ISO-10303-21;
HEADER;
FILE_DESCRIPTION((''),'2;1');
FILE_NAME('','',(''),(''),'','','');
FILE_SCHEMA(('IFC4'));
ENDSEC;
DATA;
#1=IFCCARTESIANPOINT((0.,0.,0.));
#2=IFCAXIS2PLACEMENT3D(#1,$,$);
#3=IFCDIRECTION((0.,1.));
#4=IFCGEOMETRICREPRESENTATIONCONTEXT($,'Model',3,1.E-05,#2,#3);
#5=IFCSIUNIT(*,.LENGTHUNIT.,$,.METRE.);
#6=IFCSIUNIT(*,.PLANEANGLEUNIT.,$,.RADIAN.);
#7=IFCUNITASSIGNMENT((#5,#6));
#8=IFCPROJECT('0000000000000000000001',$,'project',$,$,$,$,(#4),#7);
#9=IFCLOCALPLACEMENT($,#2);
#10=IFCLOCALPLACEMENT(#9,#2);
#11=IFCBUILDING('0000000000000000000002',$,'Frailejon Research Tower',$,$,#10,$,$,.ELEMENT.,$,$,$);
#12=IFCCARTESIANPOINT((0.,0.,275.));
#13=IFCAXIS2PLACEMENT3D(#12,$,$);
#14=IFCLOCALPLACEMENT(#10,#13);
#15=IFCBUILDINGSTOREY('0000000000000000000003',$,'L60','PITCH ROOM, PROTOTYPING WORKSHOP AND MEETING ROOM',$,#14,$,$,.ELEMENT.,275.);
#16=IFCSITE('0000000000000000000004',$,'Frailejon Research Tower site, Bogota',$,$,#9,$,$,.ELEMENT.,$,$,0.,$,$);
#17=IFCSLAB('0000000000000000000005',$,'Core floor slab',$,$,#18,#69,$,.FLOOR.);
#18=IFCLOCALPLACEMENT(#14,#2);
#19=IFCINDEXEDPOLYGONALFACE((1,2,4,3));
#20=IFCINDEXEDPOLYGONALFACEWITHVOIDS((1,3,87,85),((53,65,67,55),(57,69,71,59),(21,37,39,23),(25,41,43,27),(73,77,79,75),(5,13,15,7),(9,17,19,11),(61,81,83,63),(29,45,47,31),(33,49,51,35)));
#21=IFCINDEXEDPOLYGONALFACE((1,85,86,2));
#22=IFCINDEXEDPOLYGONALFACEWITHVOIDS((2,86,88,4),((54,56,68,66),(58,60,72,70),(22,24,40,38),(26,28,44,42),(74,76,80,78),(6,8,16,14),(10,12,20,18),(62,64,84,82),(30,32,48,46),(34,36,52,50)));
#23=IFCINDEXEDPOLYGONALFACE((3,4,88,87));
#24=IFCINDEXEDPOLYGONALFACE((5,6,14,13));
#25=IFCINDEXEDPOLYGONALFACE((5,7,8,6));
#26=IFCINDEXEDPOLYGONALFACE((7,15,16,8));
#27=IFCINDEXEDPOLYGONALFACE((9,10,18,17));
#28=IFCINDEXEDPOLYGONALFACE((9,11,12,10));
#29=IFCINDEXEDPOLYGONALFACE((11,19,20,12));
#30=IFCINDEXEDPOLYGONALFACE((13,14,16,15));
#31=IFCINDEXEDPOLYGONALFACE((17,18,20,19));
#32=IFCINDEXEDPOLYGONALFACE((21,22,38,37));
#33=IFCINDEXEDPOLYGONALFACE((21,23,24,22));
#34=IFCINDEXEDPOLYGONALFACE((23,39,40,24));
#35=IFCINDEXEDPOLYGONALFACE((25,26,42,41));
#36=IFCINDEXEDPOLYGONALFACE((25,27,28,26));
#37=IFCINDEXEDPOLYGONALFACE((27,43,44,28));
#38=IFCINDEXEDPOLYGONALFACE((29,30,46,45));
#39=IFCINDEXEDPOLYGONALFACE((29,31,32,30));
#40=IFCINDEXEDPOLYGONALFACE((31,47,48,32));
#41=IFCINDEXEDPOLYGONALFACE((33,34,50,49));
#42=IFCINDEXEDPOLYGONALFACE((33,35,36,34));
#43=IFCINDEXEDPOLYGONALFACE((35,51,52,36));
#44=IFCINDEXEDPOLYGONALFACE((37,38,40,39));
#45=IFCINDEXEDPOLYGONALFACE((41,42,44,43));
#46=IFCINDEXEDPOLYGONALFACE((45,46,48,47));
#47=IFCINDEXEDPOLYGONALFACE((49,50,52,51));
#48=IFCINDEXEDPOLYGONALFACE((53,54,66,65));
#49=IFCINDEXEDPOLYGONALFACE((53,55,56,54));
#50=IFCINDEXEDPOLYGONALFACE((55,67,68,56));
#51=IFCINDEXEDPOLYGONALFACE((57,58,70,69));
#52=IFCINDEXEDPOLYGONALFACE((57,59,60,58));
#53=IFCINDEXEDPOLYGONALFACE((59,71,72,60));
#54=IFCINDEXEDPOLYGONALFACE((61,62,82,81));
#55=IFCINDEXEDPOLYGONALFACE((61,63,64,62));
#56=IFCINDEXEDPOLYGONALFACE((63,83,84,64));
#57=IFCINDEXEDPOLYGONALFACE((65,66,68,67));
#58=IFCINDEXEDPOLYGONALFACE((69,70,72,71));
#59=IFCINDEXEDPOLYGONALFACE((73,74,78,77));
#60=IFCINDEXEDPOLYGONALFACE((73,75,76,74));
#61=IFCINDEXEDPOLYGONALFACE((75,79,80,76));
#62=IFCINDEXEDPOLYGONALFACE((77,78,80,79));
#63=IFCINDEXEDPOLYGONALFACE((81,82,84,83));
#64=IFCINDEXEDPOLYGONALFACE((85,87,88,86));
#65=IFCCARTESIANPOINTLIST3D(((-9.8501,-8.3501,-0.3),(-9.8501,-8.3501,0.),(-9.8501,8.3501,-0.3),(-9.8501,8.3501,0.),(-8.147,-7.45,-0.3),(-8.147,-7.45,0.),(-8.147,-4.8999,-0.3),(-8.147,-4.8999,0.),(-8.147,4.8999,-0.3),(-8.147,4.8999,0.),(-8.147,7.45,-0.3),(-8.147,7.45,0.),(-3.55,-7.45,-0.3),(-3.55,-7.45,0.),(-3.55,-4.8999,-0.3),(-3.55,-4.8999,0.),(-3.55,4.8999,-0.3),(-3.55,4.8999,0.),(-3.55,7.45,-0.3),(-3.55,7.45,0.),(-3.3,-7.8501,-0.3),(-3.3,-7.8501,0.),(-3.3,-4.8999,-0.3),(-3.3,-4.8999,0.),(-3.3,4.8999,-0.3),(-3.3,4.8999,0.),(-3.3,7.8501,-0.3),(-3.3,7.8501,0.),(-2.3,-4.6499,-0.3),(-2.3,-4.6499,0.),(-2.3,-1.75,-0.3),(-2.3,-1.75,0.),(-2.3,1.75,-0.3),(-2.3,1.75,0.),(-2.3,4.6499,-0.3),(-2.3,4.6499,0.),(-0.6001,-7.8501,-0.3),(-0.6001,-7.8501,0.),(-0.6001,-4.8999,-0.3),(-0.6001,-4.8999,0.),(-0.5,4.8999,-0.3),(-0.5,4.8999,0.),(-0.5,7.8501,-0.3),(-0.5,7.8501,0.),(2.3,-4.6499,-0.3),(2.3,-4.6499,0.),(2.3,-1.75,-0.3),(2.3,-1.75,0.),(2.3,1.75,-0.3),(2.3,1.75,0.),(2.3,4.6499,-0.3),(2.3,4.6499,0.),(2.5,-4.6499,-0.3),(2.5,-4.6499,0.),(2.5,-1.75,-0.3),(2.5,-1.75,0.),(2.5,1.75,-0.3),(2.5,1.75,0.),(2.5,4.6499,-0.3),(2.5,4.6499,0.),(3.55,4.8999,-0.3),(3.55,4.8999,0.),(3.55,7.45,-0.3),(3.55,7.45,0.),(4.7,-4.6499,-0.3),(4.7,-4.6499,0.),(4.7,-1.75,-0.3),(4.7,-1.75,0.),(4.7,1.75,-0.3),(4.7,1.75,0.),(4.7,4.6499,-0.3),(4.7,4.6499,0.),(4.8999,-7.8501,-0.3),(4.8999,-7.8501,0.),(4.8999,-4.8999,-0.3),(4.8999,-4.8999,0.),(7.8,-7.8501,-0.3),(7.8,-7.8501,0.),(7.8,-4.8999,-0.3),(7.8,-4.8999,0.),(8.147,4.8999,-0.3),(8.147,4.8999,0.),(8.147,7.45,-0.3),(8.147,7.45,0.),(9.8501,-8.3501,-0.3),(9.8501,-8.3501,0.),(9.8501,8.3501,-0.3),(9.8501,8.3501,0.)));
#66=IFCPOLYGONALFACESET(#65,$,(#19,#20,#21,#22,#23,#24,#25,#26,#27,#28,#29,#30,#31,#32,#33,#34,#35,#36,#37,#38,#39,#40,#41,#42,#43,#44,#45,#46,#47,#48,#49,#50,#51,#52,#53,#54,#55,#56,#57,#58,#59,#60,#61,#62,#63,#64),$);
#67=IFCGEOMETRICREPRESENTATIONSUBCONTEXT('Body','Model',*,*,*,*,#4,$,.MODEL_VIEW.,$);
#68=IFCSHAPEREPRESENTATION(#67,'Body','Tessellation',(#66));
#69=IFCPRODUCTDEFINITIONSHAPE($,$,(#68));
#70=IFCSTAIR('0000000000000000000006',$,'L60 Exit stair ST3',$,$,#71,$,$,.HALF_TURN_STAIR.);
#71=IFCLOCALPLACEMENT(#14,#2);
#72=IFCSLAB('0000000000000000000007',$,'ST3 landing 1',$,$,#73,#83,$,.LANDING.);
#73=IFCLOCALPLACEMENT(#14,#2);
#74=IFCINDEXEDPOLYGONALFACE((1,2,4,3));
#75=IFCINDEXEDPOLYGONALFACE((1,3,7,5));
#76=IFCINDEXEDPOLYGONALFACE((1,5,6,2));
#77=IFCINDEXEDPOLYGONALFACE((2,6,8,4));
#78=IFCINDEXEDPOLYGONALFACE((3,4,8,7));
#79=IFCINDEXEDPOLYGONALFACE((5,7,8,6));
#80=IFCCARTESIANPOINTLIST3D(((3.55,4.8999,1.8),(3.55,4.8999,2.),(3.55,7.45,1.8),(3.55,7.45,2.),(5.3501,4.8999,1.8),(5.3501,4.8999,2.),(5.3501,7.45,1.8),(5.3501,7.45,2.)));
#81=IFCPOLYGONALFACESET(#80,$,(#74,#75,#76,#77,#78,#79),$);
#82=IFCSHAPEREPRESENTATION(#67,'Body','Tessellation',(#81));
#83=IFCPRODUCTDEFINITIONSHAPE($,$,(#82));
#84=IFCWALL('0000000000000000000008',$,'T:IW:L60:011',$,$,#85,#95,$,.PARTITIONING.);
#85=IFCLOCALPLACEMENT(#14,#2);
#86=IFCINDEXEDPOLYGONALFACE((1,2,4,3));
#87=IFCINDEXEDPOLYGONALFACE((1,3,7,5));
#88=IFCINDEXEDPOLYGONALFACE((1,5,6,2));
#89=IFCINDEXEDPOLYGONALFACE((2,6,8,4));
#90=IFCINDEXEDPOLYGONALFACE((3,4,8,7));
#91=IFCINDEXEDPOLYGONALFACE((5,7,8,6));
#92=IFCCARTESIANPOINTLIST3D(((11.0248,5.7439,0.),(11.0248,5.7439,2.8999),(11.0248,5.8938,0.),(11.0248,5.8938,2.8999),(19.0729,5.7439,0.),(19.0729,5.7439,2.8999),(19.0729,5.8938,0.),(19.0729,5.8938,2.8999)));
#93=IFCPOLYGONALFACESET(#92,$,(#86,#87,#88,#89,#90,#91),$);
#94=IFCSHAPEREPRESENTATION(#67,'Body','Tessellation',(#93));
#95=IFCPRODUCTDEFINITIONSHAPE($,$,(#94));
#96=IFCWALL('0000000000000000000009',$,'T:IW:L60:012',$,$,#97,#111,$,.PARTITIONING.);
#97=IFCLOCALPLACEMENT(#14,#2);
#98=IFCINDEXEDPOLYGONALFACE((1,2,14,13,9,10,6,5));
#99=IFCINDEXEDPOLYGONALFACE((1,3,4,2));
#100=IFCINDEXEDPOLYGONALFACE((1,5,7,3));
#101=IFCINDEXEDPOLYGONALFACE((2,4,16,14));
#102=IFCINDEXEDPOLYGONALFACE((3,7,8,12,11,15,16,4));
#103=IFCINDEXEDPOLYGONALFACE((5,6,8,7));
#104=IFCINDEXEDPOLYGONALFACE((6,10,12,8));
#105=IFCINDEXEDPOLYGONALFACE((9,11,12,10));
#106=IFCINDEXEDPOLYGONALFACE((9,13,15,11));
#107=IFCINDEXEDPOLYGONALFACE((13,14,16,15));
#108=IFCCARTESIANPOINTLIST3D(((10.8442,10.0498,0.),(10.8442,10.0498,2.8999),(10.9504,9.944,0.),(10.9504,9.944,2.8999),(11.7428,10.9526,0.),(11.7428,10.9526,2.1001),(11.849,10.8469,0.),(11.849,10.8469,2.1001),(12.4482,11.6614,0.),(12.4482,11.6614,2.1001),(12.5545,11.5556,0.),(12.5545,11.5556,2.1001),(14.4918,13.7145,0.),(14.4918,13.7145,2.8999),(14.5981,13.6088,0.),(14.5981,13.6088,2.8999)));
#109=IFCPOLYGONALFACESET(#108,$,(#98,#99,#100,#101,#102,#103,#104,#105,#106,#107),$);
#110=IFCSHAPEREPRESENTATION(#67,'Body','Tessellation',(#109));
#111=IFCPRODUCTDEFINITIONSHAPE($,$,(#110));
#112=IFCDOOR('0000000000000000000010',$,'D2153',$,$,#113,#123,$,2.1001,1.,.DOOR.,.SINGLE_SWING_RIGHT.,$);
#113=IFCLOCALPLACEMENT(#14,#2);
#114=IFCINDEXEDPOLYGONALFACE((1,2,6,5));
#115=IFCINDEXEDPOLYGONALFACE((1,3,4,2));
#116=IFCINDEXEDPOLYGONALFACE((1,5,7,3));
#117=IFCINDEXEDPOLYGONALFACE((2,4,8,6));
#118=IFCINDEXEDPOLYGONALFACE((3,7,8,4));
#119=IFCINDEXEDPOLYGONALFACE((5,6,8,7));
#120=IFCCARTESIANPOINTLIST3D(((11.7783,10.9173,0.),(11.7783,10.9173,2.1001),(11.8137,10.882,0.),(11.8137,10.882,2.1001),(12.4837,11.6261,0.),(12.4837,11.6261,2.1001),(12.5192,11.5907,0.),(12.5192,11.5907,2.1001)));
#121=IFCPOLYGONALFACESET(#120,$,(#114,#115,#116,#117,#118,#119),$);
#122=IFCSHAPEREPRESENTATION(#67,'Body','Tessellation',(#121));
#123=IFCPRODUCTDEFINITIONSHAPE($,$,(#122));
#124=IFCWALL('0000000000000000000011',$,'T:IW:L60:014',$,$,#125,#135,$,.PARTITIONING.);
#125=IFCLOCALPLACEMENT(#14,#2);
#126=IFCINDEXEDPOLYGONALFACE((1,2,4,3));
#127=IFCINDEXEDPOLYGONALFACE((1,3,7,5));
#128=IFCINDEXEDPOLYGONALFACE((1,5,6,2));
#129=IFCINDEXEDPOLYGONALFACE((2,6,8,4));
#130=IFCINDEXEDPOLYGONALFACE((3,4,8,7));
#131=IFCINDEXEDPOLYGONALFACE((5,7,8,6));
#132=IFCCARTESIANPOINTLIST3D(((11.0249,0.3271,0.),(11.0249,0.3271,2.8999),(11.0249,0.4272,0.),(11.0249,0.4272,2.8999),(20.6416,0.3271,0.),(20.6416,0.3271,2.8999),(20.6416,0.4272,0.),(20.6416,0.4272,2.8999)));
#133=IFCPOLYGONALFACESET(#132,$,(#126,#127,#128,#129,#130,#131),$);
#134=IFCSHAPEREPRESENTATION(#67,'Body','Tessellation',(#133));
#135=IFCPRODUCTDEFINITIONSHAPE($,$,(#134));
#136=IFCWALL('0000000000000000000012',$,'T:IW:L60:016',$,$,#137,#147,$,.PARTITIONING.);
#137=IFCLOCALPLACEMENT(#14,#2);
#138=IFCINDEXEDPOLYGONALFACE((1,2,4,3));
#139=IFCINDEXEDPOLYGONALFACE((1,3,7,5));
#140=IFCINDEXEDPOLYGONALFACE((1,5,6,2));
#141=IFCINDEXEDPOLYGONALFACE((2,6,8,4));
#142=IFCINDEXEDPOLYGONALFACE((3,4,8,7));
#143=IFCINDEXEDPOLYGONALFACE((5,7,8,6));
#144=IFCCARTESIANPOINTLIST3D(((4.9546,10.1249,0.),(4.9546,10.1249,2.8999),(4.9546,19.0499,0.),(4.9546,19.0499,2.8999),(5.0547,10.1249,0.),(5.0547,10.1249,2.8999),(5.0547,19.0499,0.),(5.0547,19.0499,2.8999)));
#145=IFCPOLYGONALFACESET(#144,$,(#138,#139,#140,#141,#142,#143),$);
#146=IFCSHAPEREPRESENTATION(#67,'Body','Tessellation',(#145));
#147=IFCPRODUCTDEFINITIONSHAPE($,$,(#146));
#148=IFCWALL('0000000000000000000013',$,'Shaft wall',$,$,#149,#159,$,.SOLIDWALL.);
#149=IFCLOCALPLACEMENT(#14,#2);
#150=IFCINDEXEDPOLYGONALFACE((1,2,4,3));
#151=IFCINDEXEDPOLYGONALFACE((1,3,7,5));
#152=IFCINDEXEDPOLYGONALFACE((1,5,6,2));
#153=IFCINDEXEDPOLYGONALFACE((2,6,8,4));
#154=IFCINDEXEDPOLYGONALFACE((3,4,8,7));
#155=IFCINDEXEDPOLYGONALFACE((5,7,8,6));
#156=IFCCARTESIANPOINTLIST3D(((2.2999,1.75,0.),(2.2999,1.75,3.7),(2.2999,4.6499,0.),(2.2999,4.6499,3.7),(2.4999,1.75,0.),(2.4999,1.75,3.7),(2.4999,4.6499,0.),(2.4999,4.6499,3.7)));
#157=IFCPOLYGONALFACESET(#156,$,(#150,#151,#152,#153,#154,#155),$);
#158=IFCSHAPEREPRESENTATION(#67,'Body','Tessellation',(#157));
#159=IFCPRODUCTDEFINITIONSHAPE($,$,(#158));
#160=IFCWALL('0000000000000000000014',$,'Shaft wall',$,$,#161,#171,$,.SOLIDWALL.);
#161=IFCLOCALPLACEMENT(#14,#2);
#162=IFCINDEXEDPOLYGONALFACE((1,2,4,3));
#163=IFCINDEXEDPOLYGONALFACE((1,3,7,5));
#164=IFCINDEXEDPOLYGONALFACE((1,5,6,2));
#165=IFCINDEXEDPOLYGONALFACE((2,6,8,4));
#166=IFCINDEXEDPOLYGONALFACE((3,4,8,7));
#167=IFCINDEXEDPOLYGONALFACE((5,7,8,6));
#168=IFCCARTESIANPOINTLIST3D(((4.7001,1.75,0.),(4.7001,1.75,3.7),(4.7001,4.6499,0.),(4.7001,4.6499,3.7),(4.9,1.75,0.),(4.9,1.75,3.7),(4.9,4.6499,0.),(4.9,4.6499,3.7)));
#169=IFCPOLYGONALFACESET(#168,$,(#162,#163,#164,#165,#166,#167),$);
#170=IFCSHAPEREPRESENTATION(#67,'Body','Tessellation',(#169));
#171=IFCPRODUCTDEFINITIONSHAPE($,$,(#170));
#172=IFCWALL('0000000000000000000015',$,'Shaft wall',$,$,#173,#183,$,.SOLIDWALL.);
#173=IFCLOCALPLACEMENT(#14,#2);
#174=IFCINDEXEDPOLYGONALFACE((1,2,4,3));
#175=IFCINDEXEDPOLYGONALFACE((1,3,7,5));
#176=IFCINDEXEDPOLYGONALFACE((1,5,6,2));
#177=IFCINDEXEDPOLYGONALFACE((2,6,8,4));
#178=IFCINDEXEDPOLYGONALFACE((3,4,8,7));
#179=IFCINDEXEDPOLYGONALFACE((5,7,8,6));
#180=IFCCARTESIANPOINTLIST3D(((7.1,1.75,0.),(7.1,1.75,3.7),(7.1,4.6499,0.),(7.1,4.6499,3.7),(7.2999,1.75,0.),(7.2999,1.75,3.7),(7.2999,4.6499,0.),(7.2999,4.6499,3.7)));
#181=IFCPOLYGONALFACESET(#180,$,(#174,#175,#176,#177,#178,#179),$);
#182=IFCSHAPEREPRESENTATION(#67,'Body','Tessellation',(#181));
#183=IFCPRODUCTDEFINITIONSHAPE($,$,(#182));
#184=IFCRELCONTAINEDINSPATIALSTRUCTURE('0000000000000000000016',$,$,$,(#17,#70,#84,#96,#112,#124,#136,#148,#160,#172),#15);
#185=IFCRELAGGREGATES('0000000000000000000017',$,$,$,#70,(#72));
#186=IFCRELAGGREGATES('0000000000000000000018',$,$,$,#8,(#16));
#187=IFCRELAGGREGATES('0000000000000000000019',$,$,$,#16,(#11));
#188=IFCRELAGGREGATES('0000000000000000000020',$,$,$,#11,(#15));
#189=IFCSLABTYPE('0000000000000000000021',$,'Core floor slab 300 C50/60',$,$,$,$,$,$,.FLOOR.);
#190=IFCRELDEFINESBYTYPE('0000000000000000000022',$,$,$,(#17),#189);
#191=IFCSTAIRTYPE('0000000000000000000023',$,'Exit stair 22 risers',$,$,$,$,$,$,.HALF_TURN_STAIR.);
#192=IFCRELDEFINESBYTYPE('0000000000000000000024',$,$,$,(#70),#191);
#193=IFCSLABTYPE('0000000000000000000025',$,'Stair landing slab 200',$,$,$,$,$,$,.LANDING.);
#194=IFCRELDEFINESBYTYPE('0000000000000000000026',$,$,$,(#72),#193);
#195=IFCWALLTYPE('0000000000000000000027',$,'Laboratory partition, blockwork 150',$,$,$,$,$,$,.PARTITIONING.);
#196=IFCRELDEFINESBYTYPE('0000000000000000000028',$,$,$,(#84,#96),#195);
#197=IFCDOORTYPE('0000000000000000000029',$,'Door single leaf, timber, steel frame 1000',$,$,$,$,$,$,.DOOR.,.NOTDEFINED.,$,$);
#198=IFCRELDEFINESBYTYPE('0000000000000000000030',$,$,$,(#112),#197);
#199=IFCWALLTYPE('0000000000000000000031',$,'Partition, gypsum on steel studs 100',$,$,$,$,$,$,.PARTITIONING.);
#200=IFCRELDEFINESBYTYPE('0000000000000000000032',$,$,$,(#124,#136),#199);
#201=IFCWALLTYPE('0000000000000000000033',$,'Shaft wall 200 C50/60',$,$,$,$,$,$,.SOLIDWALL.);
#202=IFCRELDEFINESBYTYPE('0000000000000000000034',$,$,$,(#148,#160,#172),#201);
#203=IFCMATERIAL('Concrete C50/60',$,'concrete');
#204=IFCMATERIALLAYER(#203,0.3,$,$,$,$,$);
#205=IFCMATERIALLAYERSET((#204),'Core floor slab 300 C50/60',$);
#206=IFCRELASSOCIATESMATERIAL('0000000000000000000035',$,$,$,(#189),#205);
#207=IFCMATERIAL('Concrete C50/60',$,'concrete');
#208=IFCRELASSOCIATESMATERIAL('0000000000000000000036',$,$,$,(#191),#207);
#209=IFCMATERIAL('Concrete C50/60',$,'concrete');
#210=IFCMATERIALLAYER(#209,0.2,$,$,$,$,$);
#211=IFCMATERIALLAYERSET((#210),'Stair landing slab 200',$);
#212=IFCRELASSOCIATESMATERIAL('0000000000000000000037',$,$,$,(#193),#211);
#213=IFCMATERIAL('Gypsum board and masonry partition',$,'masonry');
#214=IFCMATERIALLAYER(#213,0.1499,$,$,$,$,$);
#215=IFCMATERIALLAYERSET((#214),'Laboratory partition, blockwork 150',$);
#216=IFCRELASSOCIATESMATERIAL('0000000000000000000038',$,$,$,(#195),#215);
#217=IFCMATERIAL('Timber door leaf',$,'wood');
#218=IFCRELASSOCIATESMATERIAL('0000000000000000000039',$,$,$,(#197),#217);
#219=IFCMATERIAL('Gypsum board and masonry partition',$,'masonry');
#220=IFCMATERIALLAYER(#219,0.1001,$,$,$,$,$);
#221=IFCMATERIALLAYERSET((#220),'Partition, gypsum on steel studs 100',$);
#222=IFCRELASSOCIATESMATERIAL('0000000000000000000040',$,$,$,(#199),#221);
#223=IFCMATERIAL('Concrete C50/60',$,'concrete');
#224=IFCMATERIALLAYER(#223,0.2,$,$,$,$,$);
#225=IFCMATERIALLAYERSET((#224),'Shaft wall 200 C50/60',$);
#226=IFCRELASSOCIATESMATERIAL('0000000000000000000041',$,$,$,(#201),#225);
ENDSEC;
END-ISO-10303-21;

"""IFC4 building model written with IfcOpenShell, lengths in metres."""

from ifc_helpers import new_model, si_unit, direction, frame, frame_2d, origin, place, context, subcontext, project, spatial, polyline, rectangle, outline, extrude, material, layer, layer_set, type_object, element, fill, aggregate, save


model = new_model("IFC4")

# Units and contexts
model_context = context("Model", 3, precision=1e-05, world=origin(), true_north=direction((0.0, 1.0)))
body_context = subcontext(model_context, "Body", "Model", "MODEL_VIEW")
ifc_project = project(units=[si_unit("LENGTHUNIT", "METRE"), si_unit("PLANEANGLEUNIT", "RADIAN")], contexts=[model_context])

# Site, building, storey
site_placement = place(None, origin())
site = spatial("IfcSite", under=ifc_project, at=site_placement, Name="Frailejon Research Tower site, Bogota", CompositionType="ELEMENT", RefElevation=0.0)
building_placement = place(site_placement, origin())
building = spatial("IfcBuilding", under=site, at=building_placement, Name="Frailejon Research Tower", CompositionType="ELEMENT")
storey_placement = place(building_placement, frame((0.0, 0.0, 275.0)))
storey = spatial("IfcBuildingStorey", under=building, at=storey_placement, Name="L60", Description="PITCH ROOM, PROTOTYPING WORKSHOP AND MEETING ROOM", CompositionType="ELEMENT", Elevation=275.0)

# Slab
ifc_material_1 = material(Name="Concrete C50/60", Category="concrete")
ifc_layer_1 = layer(ifc_material_1, 0.3)
ifc_layer_set_1 = layer_set([ifc_layer_1], Name="Core floor slab 300 C50/60")
slab_type_1 = type_object("IfcSlabType", Name="Core floor slab 300 C50/60", PredefinedType="FLOOR", material=ifc_layer_set_1)
slab_1_placement = place(storey_placement, frame((0.0, 0.0, -0.3)))
element("IfcSlab", 1, at=slab_1_placement, inside=storey, type_object=slab_type_1, Name="Core floor slab", PredefinedType="FLOOR", context=body_context, shape_type="SweptSolid", body=[
    extrude(outline(polyline([(9.8501, -8.3501), (9.8501, 8.3501), (-9.8501, 8.3501), (-9.8501, -8.3501), (9.8501, -8.3501)]), holes=[polyline([(2.3, 1.75), (2.3, 4.6499), (-2.3, 4.6499), (-2.3, 1.75), (2.3, 1.75)]), polyline([(4.7, 1.75), (4.7, 4.6499), (2.5, 4.6499), (2.5, 1.75), (4.7, 1.75)]), polyline([(2.3, -4.6499), (2.3, -1.75), (-2.3, -1.75), (-2.3, -4.6499), (2.3, -4.6499)]), polyline([(4.7, -4.6499), (4.7, -1.75), (2.5, -1.75), (2.5, -4.6499), (4.7, -4.6499)]), polyline([(-8.147, 4.8999), (-3.55, 4.8999), (-3.55, 7.45), (-8.147, 7.45), (-8.147, 4.8999)]), polyline([(-8.147, -7.45), (-3.55, -7.45), (-3.55, -4.8999), (-8.147, -4.8999), (-8.147, -7.45)]), polyline([(8.147, 7.45), (3.55, 7.45), (3.55, 4.8999), (8.147, 4.8999), (8.147, 7.45)]), polyline([(-0.6001, -7.8501), (-0.6001, -4.8999), (-3.3, -4.8999), (-3.3, -7.8501), (-0.6001, -7.8501)]), polyline([(7.8, -7.8501), (7.8, -4.8999), (4.8999, -4.8999), (4.8999, -7.8501), (7.8, -7.8501)]), polyline([(-0.5, 4.8999), (-0.5, 7.8501), (-3.3, 7.8501), (-3.3, 4.8999), (-0.5, 4.8999)])]), origin(), (0.0, 0.0, 1.0), 0.3),
])

# Stair, slab
ifc_material_2 = material(Name="Concrete C50/60", Category="concrete")
stair_type = type_object("IfcStairType", Name="Exit stair 22 risers", PredefinedType="HALF_TURN_STAIR", material=ifc_material_2)
stair_placement = place(storey_placement, origin())
stair = element("IfcStair", 2, at=stair_placement, inside=storey, type_object=stair_type, Name="L60 Exit stair ST3", PredefinedType="HALF_TURN_STAIR")
ifc_material_3 = material(Name="Concrete C50/60", Category="concrete")
ifc_layer_2 = layer(ifc_material_3, 0.2)
ifc_layer_set_2 = layer_set([ifc_layer_2], Name="Stair landing slab 200")
slab_type_2 = type_object("IfcSlabType", Name="Stair landing slab 200", PredefinedType="LANDING", material=ifc_layer_set_2)
slab_2_placement = place(storey_placement, frame((0.0, 0.0, 1.8)))
slab_2 = element("IfcSlab", 3, at=slab_2_placement, type_object=slab_type_2, Name="ST3 landing 1", PredefinedType="LANDING", context=body_context, shape_type="SweptSolid", body=[
    extrude(outline(polyline([(5.3501, 7.45), (3.55, 7.45), (3.55, 4.8999), (5.3501, 4.8999), (5.3501, 7.45)])), origin(), (0.0, 0.0, 1.0), 0.2),
])

# Wall
ifc_material_4 = material(Name="Gypsum board and masonry partition", Category="masonry")
ifc_layer_3 = layer(ifc_material_4, 0.1499)
ifc_layer_set_3 = layer_set([ifc_layer_3], Name="Laboratory partition, blockwork 150")
wall_type_1 = type_object("IfcWallType", Name="Laboratory partition, blockwork 150", PredefinedType="PARTITIONING", material=ifc_layer_set_3)
wall_1_placement = place(storey_placement, frame((11.0249, 5.8188, 0.0), z_axis=(0.0, 0.0, 1.0), x_axis=(1.0, 0.0, 0.0)))
element("IfcWall", 4, at=wall_1_placement, inside=storey, type_object=wall_type_1, Name="T:IW:L60:011", PredefinedType="PARTITIONING", context=body_context, shape_type="SweptSolid", body=[
    extrude(rectangle(XDim=8.0481, YDim=0.1499, at=frame_2d((4.0239, 0.0))), origin(), (0.0, 0.0, 1.0), 2.8999),
])

# Wall, opening, door
wall_2_placement = place(storey_placement, frame((10.8972, 9.9968, 0.0), z_axis=(0.0, 0.0, 1.0), x_axis=(0.705452, 0.708757, 0.0)))
wall_2 = element("IfcWall", 5, at=wall_2_placement, inside=storey, type_object=wall_type_1, Name="T:IW:L60:012", PredefinedType="PARTITIONING", context=body_context, shape_type="SweptSolid", body=[
    extrude(rectangle(XDim=5.1707, YDim=0.1499, at=frame_2d((2.5854, 0.0))), origin(), (0.0, 0.0, 1.0), 2.8999),
])
opening_1_placement = place(wall_2_placement, frame((1.2739, 0.0, 0.0)))
opening_1 = element("IfcOpeningElement", 6, at=opening_1_placement, cuts=wall_2, PredefinedType="OPENING", context=body_context, shape_type="SweptSolid", body=[
    extrude(rectangle(XDim=1.0, YDim=2.1001, at=frame_2d((0.5, 1.05))), frame((0.0, 0.085, 0.0), z_axis=(0.0, -1.0, 0.0), x_axis=(1.0, 0.0, 0.0)), (0.0, 0.0, 1.0), 0.1699),
])
ifc_material_5 = material(Name="Timber door leaf", Category="wood")
door_type_1 = type_object("IfcDoorType", Name="Door single leaf, timber, steel frame 1000", OperationType="NOTDEFINED", PredefinedType="DOOR", material=ifc_material_5)
door_1_placement = place(opening_1_placement, origin())
door_1 = element("IfcDoor", 7, at=door_1_placement, inside=storey, type_object=door_type_1, Name="D2153", OperationType="SINGLE_SWING_RIGHT", OverallHeight=2.1001, OverallWidth=1.0, PredefinedType="DOOR", context=body_context, shape_type="SweptSolid", body=[
    extrude(rectangle(XDim=1.0, YDim=2.1001, at=frame_2d((0.5, 1.05))), frame((0.0, 0.0249, 0.0), z_axis=(0.0, -1.0, 0.0), x_axis=(1.0, 0.0, 0.0)), (0.0, 0.0, 1.0), 0.05),
])
fill(opening_1, door_1)

# Walls
ifc_material_6 = material(Name="Gypsum board and masonry partition", Category="masonry")
ifc_layer_4 = layer(ifc_material_6, 0.1001)
ifc_layer_set_4 = layer_set([ifc_layer_4], Name="Partition, gypsum on steel studs 100")
wall_type_2 = type_object("IfcWallType", Name="Partition, gypsum on steel studs 100", PredefinedType="PARTITIONING", material=ifc_layer_set_4)
wall_3_placement = place(storey_placement, frame((11.0249, 0.3772, 0.0), z_axis=(0.0, 0.0, 1.0), x_axis=(1.0, 0.0, 0.0)))
element("IfcWall", 8, at=wall_3_placement, inside=storey, type_object=wall_type_2, Name="T:IW:L60:014", PredefinedType="PARTITIONING", context=body_context, shape_type="SweptSolid", body=[
    extrude(rectangle(XDim=9.6167, YDim=0.1001, at=frame_2d((4.8083, 0.0))), origin(), (0.0, 0.0, 1.0), 2.8999),
])
wall_4_placement = place(storey_placement, frame((5.0046, 10.125, 0.0), z_axis=(0.0, 0.0, 1.0), x_axis=(0.0, 1.0, 0.0)))
element("IfcWall", 9, at=wall_4_placement, inside=storey, type_object=wall_type_2, Name="T:IW:L60:016", PredefinedType="PARTITIONING", context=body_context, shape_type="SweptSolid", body=[
    extrude(rectangle(XDim=8.925, YDim=0.1001, at=frame_2d((4.4624, 0.0))), origin(), (0.0, 0.0, 1.0), 2.8999),
])
ifc_material_7 = material(Name="Concrete C50/60", Category="concrete")
ifc_layer_5 = layer(ifc_material_7, 0.2)
ifc_layer_set_5 = layer_set([ifc_layer_5], Name="Shaft wall 200 C50/60")
wall_type_3 = type_object("IfcWallType", Name="Shaft wall 200 C50/60", PredefinedType="SOLIDWALL", material=ifc_layer_set_5)
for number, where, z_axis, x_axis, name in (
    (10, (2.3999, 1.75, 0.0), (0.0, 0.0, 1.0), (0.0, 1.0, 0.0), "Shaft wall"),
    (11, (4.8, 1.75, 0.0), (0.0, 0.0, 1.0), (0.0, 1.0, 0.0), "Shaft wall"),
    (12, (7.2, 1.75, 0.0), (0.0, 0.0, 1.0), (0.0, 1.0, 0.0), "Shaft wall"),
):
    element("IfcWall", number, at=place(storey_placement, frame(where, z_axis=z_axis, x_axis=x_axis)), inside=storey, type_object=wall_type_3, Name=name, PredefinedType="SOLIDWALL", context=body_context, shape_type="SweptSolid", body=[
        extrude(rectangle(XDim=2.8999, YDim=0.2, at=frame_2d((1.45, 0.0))), origin(), (0.0, 0.0, 1.0), 3.7),
    ])

aggregate(stair, [slab_2])

save(model, "model.ifc")
